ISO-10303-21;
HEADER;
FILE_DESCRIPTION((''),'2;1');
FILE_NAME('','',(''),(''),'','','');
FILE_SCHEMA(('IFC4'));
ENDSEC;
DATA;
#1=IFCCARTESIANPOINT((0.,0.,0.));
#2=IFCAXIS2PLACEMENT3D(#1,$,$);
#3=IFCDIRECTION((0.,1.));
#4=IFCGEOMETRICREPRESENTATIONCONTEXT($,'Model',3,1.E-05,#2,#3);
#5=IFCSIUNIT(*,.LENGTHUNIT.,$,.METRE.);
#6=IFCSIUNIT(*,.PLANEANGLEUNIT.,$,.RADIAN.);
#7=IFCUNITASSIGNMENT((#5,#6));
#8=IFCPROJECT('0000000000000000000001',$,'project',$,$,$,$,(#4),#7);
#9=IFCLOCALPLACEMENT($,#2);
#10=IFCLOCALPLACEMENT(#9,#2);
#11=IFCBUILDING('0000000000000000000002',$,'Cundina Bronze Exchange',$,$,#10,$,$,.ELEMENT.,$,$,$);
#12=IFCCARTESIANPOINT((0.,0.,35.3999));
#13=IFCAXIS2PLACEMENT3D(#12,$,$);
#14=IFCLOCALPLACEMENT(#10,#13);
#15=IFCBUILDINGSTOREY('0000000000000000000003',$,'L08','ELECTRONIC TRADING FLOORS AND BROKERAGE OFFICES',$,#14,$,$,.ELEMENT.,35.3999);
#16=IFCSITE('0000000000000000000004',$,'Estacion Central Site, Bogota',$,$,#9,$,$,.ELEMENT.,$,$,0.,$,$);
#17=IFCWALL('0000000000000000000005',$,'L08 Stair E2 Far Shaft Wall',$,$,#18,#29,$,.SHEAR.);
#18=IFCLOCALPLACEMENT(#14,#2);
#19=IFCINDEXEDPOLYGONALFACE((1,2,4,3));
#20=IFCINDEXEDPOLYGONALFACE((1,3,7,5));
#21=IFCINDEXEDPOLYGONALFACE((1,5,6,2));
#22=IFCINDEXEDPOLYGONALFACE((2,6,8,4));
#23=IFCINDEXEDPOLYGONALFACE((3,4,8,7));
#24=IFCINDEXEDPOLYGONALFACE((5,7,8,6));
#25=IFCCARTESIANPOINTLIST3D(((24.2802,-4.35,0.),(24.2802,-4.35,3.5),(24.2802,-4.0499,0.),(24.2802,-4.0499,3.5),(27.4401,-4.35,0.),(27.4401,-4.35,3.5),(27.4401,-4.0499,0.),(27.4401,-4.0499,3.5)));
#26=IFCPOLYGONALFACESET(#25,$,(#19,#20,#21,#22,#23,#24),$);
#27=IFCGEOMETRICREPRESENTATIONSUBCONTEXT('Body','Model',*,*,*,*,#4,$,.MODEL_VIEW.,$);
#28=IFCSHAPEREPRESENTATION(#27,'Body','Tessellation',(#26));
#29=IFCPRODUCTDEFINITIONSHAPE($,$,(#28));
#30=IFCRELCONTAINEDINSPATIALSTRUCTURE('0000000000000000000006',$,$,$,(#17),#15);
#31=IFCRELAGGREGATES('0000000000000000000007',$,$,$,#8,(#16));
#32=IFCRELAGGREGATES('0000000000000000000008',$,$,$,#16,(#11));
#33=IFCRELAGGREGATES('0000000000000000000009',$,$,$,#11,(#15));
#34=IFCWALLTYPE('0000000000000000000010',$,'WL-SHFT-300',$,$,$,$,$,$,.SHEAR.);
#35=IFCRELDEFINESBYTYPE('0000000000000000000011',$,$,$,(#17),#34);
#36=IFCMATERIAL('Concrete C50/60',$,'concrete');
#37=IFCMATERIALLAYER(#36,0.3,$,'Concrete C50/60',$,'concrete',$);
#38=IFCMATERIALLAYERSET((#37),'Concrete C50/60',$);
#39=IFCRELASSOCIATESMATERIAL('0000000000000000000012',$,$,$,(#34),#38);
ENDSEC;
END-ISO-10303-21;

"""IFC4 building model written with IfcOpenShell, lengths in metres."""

from ifc_helpers import new_model, si_unit, direction, frame, frame_2d, origin, place, context, subcontext, project, spatial, rectangle, extrude, material, layer, layer_set, type_object, element, save


model = new_model("IFC4")

# Units and contexts
model_context = context("Model", 3, precision=1e-05, world=origin(), true_north=direction((0.0, 1.0)))
body_context = subcontext(model_context, "Body", "Model", "MODEL_VIEW")
ifc_project = project(units=[si_unit("LENGTHUNIT", "METRE"), si_unit("PLANEANGLEUNIT", "RADIAN")], contexts=[model_context])

# Site, building, storey
site_placement = place(None, origin())
site = spatial("IfcSite", under=ifc_project, at=site_placement, Name="Estacion Central Site, Bogota", CompositionType="ELEMENT", RefElevation=0.0)
building_placement = place(site_placement, origin())
building = spatial("IfcBuilding", under=site, at=building_placement, Name="Cundina Bronze Exchange", CompositionType="ELEMENT")
storey_placement = place(building_placement, frame((0.0, 0.0, 35.3999)))
storey = spatial("IfcBuildingStorey", under=building, at=storey_placement, Name="L08", Description="ELECTRONIC TRADING FLOORS AND BROKERAGE OFFICES", CompositionType="ELEMENT", Elevation=35.3999)

# Shared definitions
ifc_material_1 = material(Name="Concrete C50/60", Category="concrete")
ifc_layer_1 = layer(ifc_material_1, 0.3, Name="Concrete C50/60", Category="concrete")
ifc_layer_set_1 = layer_set([ifc_layer_1], Name="Concrete C50/60")
wall_type_1 = type_object("IfcWallType", Name="WL-SHFT-300", PredefinedType="SHEAR", material=ifc_layer_set_1)

# Wall
wall_1_placement = place(storey_placement, frame((24.28, -4.2, 0.0), z_axis=(0.0, 0.0, 1.0), x_axis=(1.0, 0.0, 0.0)))
element("IfcWall", 1, at=wall_1_placement, inside=storey, type_object=wall_type_1, Name="L08 Stair E2 Far Shaft Wall", PredefinedType="SHEAR", context=body_context, shape_type="SweptSolid", body=[
    extrude(rectangle(XDim=3.1599, YDim=0.3, at=frame_2d((1.5801, 0.0))), origin(), (0.0, 0.0, 1.0), 3.5),
])

save(model, "model.ifc")
